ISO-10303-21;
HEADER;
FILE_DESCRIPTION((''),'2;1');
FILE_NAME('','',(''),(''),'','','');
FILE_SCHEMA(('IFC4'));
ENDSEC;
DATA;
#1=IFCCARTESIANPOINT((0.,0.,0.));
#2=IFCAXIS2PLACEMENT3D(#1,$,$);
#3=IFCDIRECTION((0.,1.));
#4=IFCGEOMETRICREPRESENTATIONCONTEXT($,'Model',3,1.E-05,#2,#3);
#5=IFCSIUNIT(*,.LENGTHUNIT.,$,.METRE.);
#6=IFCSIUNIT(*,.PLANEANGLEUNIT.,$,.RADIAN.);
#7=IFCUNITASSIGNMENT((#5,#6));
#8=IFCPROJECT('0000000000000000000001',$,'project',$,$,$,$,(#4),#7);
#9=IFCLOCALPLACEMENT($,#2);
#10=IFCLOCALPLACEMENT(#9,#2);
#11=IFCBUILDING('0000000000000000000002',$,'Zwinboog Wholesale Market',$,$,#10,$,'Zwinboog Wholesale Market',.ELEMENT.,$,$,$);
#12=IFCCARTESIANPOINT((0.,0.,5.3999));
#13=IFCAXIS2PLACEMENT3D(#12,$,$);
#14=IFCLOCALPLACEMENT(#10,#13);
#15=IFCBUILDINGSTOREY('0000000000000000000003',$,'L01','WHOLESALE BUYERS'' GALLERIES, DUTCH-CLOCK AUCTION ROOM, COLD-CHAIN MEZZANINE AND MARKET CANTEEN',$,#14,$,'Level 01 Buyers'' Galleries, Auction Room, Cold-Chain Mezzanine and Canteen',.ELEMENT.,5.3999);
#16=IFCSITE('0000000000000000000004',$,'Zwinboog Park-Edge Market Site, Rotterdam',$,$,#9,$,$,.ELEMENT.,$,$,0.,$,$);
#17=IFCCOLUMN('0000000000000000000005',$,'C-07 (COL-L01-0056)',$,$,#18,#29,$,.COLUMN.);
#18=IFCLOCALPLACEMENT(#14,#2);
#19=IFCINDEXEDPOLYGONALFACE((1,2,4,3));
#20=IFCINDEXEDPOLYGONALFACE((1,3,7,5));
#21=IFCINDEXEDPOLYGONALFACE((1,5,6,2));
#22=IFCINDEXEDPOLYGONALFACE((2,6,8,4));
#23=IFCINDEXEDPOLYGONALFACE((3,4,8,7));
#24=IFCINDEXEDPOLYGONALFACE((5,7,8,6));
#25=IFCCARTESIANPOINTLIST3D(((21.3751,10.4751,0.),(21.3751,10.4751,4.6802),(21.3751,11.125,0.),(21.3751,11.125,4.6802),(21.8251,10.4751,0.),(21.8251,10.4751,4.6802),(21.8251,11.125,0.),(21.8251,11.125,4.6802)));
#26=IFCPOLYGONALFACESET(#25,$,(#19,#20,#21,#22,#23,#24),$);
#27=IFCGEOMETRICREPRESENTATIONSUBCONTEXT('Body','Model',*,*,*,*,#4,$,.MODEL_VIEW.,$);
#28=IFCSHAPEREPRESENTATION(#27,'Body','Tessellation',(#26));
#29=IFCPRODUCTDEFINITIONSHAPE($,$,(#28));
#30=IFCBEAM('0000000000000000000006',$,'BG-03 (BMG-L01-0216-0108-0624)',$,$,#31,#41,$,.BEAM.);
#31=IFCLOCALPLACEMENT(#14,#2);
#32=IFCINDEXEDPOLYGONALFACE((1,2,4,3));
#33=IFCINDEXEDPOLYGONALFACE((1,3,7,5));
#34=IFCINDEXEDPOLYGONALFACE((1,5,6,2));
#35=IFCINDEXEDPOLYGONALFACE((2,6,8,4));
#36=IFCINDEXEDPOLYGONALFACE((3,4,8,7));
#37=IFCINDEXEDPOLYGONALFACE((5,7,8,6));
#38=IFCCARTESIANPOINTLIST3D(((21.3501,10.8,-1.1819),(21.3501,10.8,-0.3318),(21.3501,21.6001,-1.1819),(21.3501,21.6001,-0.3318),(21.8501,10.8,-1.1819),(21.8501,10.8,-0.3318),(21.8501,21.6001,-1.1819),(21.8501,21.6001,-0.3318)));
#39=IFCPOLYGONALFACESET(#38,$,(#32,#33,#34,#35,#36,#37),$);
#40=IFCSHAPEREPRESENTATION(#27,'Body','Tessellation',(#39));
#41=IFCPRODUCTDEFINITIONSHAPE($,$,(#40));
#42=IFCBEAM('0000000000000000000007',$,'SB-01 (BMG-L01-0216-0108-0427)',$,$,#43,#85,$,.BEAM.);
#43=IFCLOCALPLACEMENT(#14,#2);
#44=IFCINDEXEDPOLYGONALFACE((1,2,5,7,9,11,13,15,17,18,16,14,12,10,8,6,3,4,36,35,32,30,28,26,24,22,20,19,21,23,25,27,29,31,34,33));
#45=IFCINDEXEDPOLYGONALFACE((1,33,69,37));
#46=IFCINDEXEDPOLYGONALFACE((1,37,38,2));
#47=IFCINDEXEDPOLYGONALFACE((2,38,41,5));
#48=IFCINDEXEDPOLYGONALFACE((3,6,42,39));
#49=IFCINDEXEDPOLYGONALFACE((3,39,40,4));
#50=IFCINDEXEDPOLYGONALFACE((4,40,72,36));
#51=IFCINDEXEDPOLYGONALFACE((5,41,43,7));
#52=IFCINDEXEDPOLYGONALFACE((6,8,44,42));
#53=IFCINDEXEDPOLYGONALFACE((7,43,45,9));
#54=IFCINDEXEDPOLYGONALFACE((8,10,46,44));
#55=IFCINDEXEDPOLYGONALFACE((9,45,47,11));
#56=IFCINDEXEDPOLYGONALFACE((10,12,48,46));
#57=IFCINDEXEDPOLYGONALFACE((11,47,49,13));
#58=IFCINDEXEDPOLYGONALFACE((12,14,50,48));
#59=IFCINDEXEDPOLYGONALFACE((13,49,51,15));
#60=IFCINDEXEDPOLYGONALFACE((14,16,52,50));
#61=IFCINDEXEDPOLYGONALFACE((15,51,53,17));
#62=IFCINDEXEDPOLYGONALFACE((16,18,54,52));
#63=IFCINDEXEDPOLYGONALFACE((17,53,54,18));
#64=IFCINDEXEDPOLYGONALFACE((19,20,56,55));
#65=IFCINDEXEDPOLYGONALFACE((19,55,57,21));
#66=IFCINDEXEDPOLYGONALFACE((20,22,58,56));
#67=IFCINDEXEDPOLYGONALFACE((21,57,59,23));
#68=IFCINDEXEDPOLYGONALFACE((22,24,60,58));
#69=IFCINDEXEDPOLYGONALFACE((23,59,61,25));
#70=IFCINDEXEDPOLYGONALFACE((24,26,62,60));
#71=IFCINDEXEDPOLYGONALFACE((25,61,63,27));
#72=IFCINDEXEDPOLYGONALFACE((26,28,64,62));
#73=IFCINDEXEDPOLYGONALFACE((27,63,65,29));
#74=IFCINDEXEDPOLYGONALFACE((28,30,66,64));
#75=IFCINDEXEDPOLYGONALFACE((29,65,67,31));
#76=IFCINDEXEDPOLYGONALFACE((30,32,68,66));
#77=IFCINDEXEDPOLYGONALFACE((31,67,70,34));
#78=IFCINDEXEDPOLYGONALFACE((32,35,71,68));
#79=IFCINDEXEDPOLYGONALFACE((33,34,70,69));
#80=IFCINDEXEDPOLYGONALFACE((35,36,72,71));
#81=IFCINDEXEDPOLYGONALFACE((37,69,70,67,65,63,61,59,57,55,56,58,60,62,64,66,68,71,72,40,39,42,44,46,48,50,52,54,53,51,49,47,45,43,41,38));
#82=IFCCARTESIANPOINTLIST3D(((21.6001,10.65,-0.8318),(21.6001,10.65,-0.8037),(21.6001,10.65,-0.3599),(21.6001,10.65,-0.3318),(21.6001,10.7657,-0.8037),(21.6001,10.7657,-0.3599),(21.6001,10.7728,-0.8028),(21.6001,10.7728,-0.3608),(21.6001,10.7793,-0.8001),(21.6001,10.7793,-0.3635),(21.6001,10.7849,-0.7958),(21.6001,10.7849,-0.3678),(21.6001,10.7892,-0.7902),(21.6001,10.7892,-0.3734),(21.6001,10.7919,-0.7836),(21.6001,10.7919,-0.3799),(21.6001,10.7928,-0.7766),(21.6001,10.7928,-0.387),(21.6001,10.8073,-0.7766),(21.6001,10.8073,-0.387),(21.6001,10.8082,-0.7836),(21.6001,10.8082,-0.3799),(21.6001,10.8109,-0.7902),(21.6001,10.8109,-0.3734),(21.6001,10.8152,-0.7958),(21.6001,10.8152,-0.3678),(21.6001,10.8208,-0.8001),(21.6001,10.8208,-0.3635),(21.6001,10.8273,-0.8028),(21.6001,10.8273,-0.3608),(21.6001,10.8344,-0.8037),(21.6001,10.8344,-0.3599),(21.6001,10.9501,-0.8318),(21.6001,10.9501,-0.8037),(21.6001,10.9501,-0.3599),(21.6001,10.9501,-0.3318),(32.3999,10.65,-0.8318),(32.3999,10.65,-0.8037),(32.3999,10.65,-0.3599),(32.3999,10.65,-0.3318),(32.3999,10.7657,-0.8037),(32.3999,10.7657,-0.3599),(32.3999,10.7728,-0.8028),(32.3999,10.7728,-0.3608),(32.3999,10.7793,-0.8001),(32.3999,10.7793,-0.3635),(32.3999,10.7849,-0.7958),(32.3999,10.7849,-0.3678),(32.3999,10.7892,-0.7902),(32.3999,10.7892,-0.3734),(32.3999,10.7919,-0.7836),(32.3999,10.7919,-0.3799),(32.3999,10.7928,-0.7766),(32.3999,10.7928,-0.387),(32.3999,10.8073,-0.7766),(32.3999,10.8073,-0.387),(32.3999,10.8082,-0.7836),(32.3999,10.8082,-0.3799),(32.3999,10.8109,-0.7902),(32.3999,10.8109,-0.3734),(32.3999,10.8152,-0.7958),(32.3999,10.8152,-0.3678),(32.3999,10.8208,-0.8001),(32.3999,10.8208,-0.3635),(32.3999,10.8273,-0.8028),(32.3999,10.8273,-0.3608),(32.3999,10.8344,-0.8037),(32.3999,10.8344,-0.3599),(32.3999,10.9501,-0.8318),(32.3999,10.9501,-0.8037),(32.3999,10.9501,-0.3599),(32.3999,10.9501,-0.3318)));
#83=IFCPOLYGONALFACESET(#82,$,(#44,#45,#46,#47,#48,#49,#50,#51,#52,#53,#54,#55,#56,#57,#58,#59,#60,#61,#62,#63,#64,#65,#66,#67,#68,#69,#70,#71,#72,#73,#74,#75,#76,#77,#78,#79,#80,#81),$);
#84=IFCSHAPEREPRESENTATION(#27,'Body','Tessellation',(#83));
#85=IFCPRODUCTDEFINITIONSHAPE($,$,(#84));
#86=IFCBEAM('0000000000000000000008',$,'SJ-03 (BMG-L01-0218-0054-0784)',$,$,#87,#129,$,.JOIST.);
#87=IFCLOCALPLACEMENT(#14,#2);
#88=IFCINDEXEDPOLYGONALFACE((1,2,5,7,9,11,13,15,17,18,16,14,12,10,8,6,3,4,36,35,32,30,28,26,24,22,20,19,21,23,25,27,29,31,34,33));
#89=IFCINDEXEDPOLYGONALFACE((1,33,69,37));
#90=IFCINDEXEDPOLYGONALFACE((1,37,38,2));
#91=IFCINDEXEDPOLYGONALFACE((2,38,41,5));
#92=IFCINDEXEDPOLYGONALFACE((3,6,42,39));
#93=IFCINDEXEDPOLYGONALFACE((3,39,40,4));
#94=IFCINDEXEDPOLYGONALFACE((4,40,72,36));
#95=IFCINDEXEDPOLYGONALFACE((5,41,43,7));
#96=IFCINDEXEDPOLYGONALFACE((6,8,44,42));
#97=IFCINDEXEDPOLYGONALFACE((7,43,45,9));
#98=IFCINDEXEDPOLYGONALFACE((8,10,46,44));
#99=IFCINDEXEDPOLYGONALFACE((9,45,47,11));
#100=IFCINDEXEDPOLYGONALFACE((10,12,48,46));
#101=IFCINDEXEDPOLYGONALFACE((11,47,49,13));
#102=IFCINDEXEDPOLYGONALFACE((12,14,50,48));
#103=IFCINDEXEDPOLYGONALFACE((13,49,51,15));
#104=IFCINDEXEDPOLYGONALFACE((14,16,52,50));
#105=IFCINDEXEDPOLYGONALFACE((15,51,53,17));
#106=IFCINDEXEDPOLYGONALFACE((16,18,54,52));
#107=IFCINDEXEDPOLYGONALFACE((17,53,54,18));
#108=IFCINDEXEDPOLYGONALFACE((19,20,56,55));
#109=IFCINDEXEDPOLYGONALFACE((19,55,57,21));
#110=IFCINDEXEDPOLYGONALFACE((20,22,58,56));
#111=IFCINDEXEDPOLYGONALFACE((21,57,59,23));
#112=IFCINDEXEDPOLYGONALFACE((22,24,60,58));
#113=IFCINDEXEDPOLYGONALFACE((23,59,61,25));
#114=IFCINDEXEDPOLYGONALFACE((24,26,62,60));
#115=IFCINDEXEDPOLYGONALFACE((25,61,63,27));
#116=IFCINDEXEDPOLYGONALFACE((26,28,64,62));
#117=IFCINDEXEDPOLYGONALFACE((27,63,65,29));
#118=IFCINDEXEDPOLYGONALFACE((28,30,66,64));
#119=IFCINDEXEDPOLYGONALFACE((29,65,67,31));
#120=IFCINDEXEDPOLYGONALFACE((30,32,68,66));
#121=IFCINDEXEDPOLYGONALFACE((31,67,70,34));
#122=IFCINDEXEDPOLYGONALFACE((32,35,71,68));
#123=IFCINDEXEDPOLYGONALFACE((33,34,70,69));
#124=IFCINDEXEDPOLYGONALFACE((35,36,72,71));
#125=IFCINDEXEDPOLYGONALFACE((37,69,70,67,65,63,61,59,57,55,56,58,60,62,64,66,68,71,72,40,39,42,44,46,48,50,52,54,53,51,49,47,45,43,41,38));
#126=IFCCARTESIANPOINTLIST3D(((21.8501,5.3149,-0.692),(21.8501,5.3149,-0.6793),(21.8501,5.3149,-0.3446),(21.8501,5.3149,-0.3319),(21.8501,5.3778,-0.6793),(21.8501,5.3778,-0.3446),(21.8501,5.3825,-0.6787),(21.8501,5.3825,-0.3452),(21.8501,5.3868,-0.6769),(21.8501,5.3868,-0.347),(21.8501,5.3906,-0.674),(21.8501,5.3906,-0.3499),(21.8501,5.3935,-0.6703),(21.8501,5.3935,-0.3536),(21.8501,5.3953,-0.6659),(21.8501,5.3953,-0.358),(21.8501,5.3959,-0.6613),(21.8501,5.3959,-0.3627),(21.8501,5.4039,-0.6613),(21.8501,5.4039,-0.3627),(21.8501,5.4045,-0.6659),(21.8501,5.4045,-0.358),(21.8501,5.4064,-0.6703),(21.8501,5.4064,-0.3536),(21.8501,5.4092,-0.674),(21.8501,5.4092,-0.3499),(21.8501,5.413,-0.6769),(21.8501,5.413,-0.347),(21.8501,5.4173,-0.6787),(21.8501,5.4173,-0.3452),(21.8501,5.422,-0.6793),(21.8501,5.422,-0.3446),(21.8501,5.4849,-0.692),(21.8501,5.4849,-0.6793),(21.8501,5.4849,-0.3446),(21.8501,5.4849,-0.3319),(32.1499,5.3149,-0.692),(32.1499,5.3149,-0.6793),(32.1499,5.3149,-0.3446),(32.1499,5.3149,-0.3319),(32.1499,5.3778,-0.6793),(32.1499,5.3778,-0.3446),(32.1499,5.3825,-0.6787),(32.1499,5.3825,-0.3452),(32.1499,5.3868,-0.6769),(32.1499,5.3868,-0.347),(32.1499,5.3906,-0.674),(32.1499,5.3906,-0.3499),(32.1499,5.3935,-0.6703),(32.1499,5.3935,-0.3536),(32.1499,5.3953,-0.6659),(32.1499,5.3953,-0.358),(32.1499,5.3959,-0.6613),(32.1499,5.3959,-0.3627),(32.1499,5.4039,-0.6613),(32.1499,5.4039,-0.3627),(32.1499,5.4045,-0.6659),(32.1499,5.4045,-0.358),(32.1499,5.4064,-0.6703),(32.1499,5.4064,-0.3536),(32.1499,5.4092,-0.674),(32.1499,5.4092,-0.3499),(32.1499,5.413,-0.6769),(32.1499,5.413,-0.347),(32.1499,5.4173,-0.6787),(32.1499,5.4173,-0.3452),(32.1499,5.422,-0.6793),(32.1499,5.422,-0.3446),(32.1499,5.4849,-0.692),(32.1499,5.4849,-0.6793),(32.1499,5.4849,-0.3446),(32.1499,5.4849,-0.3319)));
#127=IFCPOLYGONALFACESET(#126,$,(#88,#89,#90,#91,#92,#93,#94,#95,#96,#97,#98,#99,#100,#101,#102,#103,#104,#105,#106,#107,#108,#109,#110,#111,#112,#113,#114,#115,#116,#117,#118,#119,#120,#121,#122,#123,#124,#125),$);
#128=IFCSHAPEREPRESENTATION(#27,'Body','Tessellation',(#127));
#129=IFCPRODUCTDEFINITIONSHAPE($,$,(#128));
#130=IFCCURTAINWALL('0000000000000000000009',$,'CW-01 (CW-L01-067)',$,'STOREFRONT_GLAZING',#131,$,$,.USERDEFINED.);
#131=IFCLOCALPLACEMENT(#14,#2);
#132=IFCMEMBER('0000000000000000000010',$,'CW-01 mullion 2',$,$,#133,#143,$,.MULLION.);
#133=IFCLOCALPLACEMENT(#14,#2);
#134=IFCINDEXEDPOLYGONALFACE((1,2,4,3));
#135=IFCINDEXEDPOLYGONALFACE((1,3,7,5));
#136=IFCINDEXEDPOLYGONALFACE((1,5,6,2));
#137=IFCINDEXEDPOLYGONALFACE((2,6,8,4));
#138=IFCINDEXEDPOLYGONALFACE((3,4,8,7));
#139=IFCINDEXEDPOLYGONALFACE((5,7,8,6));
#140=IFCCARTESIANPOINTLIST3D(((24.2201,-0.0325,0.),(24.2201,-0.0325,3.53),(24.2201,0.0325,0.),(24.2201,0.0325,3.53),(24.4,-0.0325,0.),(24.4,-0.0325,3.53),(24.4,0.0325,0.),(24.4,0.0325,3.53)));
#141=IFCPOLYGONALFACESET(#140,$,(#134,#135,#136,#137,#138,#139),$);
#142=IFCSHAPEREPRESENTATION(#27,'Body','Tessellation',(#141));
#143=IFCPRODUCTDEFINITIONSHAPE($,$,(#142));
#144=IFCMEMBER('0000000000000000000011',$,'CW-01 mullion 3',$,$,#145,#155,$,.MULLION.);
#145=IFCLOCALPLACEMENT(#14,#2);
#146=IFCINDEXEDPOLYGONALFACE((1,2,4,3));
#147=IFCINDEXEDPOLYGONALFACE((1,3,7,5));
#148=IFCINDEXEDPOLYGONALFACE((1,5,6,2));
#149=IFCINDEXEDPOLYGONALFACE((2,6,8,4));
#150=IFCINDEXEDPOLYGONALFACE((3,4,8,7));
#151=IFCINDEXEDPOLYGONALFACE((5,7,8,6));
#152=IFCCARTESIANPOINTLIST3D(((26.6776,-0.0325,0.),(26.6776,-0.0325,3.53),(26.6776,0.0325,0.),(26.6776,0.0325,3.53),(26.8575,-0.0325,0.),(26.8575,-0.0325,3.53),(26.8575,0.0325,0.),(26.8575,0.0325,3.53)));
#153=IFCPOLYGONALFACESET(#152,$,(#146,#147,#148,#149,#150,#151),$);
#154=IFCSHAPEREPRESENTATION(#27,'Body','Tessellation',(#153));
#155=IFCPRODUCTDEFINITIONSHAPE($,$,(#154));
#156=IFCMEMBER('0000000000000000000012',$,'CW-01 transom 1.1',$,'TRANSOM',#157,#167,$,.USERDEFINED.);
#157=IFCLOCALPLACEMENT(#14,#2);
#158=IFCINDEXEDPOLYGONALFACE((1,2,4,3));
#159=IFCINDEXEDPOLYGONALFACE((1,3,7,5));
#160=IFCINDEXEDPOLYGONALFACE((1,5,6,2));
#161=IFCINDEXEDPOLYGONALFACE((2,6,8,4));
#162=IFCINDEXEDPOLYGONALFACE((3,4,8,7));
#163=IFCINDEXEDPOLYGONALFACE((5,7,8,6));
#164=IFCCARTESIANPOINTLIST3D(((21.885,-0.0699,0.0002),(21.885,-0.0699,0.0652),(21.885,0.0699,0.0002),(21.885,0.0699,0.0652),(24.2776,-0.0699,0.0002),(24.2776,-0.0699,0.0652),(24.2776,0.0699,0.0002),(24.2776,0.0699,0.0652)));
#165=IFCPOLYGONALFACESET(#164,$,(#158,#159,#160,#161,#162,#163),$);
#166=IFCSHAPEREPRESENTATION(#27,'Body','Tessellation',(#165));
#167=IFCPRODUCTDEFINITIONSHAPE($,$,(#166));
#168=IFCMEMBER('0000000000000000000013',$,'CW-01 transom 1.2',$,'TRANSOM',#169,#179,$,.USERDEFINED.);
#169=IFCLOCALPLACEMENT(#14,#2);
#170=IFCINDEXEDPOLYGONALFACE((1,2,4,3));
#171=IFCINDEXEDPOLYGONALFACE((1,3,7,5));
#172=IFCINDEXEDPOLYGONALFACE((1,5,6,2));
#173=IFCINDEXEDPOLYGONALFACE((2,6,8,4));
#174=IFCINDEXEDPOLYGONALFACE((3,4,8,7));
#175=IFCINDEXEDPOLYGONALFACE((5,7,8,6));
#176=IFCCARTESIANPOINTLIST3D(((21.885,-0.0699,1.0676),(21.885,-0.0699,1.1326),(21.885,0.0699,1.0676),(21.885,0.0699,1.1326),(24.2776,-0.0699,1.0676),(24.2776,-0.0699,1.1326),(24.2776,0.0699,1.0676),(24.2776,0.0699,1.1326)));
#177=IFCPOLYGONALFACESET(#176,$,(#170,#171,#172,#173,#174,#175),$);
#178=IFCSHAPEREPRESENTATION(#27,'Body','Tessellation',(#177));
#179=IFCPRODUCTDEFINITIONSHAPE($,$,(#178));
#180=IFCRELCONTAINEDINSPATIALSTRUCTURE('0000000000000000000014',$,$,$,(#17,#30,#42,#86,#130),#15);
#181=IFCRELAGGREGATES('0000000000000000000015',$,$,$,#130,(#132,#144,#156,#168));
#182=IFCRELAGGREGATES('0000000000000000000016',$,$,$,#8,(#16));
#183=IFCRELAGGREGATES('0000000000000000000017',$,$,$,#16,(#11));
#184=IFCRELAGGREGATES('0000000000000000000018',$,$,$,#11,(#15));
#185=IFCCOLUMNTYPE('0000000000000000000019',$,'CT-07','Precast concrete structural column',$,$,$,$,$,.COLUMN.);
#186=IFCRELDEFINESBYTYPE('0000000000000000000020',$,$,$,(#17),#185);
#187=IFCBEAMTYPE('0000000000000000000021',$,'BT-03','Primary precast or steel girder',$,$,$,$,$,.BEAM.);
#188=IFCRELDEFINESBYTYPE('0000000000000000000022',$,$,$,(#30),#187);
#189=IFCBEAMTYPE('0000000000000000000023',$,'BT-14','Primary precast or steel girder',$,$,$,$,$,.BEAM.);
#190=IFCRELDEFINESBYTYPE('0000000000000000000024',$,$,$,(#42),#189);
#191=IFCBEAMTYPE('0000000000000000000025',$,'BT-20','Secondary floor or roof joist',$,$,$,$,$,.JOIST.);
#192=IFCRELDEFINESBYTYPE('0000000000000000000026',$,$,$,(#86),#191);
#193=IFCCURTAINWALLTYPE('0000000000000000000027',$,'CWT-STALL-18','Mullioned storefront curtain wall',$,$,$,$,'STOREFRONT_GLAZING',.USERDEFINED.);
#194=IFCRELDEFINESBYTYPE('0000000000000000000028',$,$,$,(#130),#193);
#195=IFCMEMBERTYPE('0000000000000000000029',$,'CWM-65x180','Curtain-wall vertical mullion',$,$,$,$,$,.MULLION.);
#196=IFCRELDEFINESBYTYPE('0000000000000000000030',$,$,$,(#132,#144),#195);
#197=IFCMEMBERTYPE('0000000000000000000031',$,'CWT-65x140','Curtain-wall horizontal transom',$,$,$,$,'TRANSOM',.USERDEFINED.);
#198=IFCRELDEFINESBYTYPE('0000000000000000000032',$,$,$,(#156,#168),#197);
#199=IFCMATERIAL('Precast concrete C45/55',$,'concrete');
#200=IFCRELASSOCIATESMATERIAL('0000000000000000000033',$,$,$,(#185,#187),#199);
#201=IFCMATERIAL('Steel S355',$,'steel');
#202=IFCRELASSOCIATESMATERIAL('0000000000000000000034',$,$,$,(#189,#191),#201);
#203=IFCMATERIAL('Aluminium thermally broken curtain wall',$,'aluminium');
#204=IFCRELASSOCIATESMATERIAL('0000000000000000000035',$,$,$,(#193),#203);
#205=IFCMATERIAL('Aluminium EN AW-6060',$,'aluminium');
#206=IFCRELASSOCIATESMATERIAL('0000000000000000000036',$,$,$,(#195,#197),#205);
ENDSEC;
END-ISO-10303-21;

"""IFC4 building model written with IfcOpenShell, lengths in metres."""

from ifc_helpers import new_model, si_unit, direction, frame, origin, origin_2d, place, context, subcontext, project, spatial, rectangle, i_section, extrude, material, material_profile, profile_set, type_object, element, aggregate, save


model = new_model("IFC4")

# Units and contexts
model_context = context("Model", 3, precision=1e-05, world=origin(), true_north=direction((0.0, 1.0)))
body_context = subcontext(model_context, "Body", "Model", "MODEL_VIEW")
ifc_project = project(units=[si_unit("LENGTHUNIT", "METRE"), si_unit("PLANEANGLEUNIT", "RADIAN")], contexts=[model_context])

# Site, building, storey
site_placement = place(None, origin())
site = spatial("IfcSite", under=ifc_project, at=site_placement, Name="Zwinboog Park-Edge Market Site, Rotterdam", CompositionType="ELEMENT", RefElevation=0.0)
building_placement = place(site_placement, origin())
building = spatial("IfcBuilding", under=site, at=building_placement, Name="Zwinboog Wholesale Market", LongName="Zwinboog Wholesale Market", CompositionType="ELEMENT")
storey_placement = place(building_placement, frame((0.0, 0.0, 5.3999)))
storey = spatial("IfcBuildingStorey", under=building, at=storey_placement, Name="L01", Description="WHOLESALE BUYERS' GALLERIES, DUTCH-CLOCK AUCTION ROOM, COLD-CHAIN MEZZANINE AND MARKET CANTEEN", LongName="Level 01 Buyers' Galleries, Auction Room, Cold-Chain Mezzanine and Canteen", CompositionType="ELEMENT", Elevation=5.3999)

# Column
ifc_material_1 = material(Name="Precast concrete C45/55", Category="concrete")
ifc_material_profile_1 = material_profile(ifc_material_1, rectangle(XDim=0.45, YDim=0.6499, at=origin_2d()), Name="PC 450x650")
ifc_profile_set_1 = profile_set([ifc_material_profile_1], Name="Precast concrete C45/55")
column_type = type_object("IfcColumnType", Name="CT-07", Description="Precast concrete structural column", PredefinedType="COLUMN", material=ifc_profile_set_1)
column_placement = place(storey_placement, frame((21.6001, 10.8, 0.0), z_axis=(0.0, 0.0, 1.0), x_axis=(1.0, 0.0, 0.0)))
element("IfcColumn", 1, at=column_placement, inside=storey, type_object=column_type, Name="C-07 (COL-L01-0056)", PredefinedType="COLUMN", context=body_context, shape_type="SweptSolid", body=[
    extrude(rectangle(XDim=0.45, YDim=0.6499, at=origin_2d()), origin(), (0.0, 0.0, 1.0), 4.6802),
])

# Beams
ifc_material_profile_2 = material_profile(ifc_material_1, rectangle(XDim=0.5, YDim=0.8501, at=origin_2d()), Name="PC 500x850")
ifc_profile_set_2 = profile_set([ifc_material_profile_2], Name="Precast concrete C45/55")
beam_type_1 = type_object("IfcBeamType", Name="BT-03", Description="Primary precast or steel girder", PredefinedType="BEAM", material=ifc_profile_set_2)
beam_1_placement = place(storey_placement, frame((21.6001, 10.8, -0.7568), z_axis=(0.0, 1.0, 0.0), x_axis=(-1.0, 0.0, 0.0)))
element("IfcBeam", 2, at=beam_1_placement, inside=storey, type_object=beam_type_1, Name="BG-03 (BMG-L01-0216-0108-0624)", PredefinedType="BEAM", context=body_context, shape_type="SweptSolid", body=[
    extrude(rectangle(XDim=0.5, YDim=0.8501, at=origin_2d()), origin(), (0.0, 0.0, 1.0), 10.8),
])
ifc_material_2 = material(Name="Steel S355", Category="steel")
ifc_material_profile_3 = material_profile(ifc_material_2, i_section(OverallWidth=0.3, OverallDepth=0.5, WebThickness=0.0144, FlangeThickness=0.0281, FilletRadius=0.0271, at=origin_2d()), Name="HEB 500")
ifc_profile_set_3 = profile_set([ifc_material_profile_3], Name="Steel S355")
beam_type_2 = type_object("IfcBeamType", Name="BT-14", Description="Primary precast or steel girder", PredefinedType="BEAM", material=ifc_profile_set_3)
beam_2_placement = place(storey_placement, frame((21.6001, 10.8, -0.5818), z_axis=(1.0, 0.0, 0.0), x_axis=(0.0, 1.0, 0.0)))
element("IfcBeam", 3, at=beam_2_placement, inside=storey, type_object=beam_type_2, Name="SB-01 (BMG-L01-0216-0108-0427)", PredefinedType="BEAM", context=body_context, shape_type="SweptSolid", body=[
    extrude(i_section(OverallWidth=0.3, OverallDepth=0.5, WebThickness=0.0144, FlangeThickness=0.0281, FilletRadius=0.0271, at=origin_2d()), origin(), (0.0, 0.0, 1.0), 10.7998),
])
ifc_material_profile_4 = material_profile(ifc_material_2, i_section(OverallWidth=0.1699, OverallDepth=0.3601, WebThickness=0.0081, FlangeThickness=0.0127, FilletRadius=0.0181, at=origin_2d()), Name="IPE 360")
ifc_profile_set_4 = profile_set([ifc_material_profile_4], Name="Steel S355")
beam_type_3 = type_object("IfcBeamType", Name="BT-20", Description="Secondary floor or roof joist", PredefinedType="JOIST", material=ifc_profile_set_4)
beam_3_placement = place(storey_placement, frame((21.8501, 5.3999, -0.512), z_axis=(1.0, 0.0, 0.0), x_axis=(0.0, 1.0, 0.0)))
element("IfcBeam", 4, at=beam_3_placement, inside=storey, type_object=beam_type_3, Name="SJ-03 (BMG-L01-0218-0054-0784)", PredefinedType="JOIST", context=body_context, shape_type="SweptSolid", body=[
    extrude(i_section(OverallWidth=0.1699, OverallDepth=0.3601, WebThickness=0.0081, FlangeThickness=0.0127, FilletRadius=0.0181, at=origin_2d()), origin(), (0.0, 0.0, 1.0), 10.2998),
])

# Curtain wall, members
ifc_material_3 = material(Name="Aluminium thermally broken curtain wall", Category="aluminium")
curtain_wall_type = type_object("IfcCurtainWallType", Name="CWT-STALL-18", Description="Mullioned storefront curtain wall", ElementType="STOREFRONT_GLAZING", PredefinedType="USERDEFINED", material=ifc_material_3)
curtain_wall_placement = place(storey_placement, origin())
curtain_wall = element("IfcCurtainWall", 5, at=curtain_wall_placement, inside=storey, type_object=curtain_wall_type, Name="CW-01 (CW-L01-067)", ObjectType="STOREFRONT_GLAZING", PredefinedType="USERDEFINED")
ifc_material_4 = material(Name="Aluminium EN AW-6060", Category="aluminium")
ifc_material_profile_5 = material_profile(ifc_material_4, rectangle(XDim=0.0649, YDim=0.1799, at=origin_2d()), Name="AL 65x180")
ifc_profile_set_5 = profile_set([ifc_material_profile_5], Name="Aluminium EN AW-6060")
member_type_1 = type_object("IfcMemberType", Name="CWM-65x180", Description="Curtain-wall vertical mullion", PredefinedType="MULLION", material=ifc_profile_set_5)
member_1_placement = place(storey_placement, frame((24.3101, 0.0, 0.0), z_axis=(0.0, 0.0, 1.0), x_axis=(0.0, 1.0, 0.0)))
member_1 = element("IfcMember", 6, at=member_1_placement, type_object=member_type_1, Name="CW-01 mullion 2", PredefinedType="MULLION", context=body_context, shape_type="SweptSolid", body=[
    extrude(rectangle(XDim=0.0649, YDim=0.1799, at=origin_2d()), origin(), (0.0, 0.0, 1.0), 3.53),
])
member_2_placement = place(storey_placement, frame((26.7676, 0.0, 0.0), z_axis=(0.0, 0.0, 1.0), x_axis=(0.0, 1.0, 0.0)))
member_2 = element("IfcMember", 7, at=member_2_placement, type_object=member_type_1, Name="CW-01 mullion 3", PredefinedType="MULLION", context=body_context, shape_type="SweptSolid", body=[
    extrude(rectangle(XDim=0.0649, YDim=0.1799, at=origin_2d()), origin(), (0.0, 0.0, 1.0), 3.53),
])
ifc_material_profile_6 = material_profile(ifc_material_4, rectangle(XDim=0.1399, YDim=0.0649, at=origin_2d()), Name="AL 65x140")
ifc_profile_set_6 = profile_set([ifc_material_profile_6], Name="Aluminium EN AW-6060")
member_type_2 = type_object("IfcMemberType", Name="CWT-65x140", Description="Curtain-wall horizontal transom", ElementType="TRANSOM", PredefinedType="USERDEFINED", material=ifc_profile_set_6)
member_3_placement = place(storey_placement, frame((21.885, 0.0, 0.0327), z_axis=(1.0, 0.0, 0.0), x_axis=(0.0, 1.0, 0.0)))
member_3 = element("IfcMember", 8, at=member_3_placement, type_object=member_type_2, Name="CW-01 transom 1.1", ObjectType="TRANSOM", PredefinedType="USERDEFINED", context=body_context, shape_type="SweptSolid", body=[
    extrude(rectangle(XDim=0.1399, YDim=0.0649, at=origin_2d()), origin(), (0.0, 0.0, 1.0), 2.3926),
])
member_4_placement = place(storey_placement, frame((21.885, 0.0, 1.1001), z_axis=(1.0, 0.0, 0.0), x_axis=(0.0, 1.0, 0.0)))
member_4 = element("IfcMember", 9, at=member_4_placement, type_object=member_type_2, Name="CW-01 transom 1.2", ObjectType="TRANSOM", PredefinedType="USERDEFINED", context=body_context, shape_type="SweptSolid", body=[
    extrude(rectangle(XDim=0.1399, YDim=0.0649, at=origin_2d()), origin(), (0.0, 0.0, 1.0), 2.3926),
])
aggregate(curtain_wall, [member_1, member_2, member_3, member_4])

save(model, "model.ifc")
